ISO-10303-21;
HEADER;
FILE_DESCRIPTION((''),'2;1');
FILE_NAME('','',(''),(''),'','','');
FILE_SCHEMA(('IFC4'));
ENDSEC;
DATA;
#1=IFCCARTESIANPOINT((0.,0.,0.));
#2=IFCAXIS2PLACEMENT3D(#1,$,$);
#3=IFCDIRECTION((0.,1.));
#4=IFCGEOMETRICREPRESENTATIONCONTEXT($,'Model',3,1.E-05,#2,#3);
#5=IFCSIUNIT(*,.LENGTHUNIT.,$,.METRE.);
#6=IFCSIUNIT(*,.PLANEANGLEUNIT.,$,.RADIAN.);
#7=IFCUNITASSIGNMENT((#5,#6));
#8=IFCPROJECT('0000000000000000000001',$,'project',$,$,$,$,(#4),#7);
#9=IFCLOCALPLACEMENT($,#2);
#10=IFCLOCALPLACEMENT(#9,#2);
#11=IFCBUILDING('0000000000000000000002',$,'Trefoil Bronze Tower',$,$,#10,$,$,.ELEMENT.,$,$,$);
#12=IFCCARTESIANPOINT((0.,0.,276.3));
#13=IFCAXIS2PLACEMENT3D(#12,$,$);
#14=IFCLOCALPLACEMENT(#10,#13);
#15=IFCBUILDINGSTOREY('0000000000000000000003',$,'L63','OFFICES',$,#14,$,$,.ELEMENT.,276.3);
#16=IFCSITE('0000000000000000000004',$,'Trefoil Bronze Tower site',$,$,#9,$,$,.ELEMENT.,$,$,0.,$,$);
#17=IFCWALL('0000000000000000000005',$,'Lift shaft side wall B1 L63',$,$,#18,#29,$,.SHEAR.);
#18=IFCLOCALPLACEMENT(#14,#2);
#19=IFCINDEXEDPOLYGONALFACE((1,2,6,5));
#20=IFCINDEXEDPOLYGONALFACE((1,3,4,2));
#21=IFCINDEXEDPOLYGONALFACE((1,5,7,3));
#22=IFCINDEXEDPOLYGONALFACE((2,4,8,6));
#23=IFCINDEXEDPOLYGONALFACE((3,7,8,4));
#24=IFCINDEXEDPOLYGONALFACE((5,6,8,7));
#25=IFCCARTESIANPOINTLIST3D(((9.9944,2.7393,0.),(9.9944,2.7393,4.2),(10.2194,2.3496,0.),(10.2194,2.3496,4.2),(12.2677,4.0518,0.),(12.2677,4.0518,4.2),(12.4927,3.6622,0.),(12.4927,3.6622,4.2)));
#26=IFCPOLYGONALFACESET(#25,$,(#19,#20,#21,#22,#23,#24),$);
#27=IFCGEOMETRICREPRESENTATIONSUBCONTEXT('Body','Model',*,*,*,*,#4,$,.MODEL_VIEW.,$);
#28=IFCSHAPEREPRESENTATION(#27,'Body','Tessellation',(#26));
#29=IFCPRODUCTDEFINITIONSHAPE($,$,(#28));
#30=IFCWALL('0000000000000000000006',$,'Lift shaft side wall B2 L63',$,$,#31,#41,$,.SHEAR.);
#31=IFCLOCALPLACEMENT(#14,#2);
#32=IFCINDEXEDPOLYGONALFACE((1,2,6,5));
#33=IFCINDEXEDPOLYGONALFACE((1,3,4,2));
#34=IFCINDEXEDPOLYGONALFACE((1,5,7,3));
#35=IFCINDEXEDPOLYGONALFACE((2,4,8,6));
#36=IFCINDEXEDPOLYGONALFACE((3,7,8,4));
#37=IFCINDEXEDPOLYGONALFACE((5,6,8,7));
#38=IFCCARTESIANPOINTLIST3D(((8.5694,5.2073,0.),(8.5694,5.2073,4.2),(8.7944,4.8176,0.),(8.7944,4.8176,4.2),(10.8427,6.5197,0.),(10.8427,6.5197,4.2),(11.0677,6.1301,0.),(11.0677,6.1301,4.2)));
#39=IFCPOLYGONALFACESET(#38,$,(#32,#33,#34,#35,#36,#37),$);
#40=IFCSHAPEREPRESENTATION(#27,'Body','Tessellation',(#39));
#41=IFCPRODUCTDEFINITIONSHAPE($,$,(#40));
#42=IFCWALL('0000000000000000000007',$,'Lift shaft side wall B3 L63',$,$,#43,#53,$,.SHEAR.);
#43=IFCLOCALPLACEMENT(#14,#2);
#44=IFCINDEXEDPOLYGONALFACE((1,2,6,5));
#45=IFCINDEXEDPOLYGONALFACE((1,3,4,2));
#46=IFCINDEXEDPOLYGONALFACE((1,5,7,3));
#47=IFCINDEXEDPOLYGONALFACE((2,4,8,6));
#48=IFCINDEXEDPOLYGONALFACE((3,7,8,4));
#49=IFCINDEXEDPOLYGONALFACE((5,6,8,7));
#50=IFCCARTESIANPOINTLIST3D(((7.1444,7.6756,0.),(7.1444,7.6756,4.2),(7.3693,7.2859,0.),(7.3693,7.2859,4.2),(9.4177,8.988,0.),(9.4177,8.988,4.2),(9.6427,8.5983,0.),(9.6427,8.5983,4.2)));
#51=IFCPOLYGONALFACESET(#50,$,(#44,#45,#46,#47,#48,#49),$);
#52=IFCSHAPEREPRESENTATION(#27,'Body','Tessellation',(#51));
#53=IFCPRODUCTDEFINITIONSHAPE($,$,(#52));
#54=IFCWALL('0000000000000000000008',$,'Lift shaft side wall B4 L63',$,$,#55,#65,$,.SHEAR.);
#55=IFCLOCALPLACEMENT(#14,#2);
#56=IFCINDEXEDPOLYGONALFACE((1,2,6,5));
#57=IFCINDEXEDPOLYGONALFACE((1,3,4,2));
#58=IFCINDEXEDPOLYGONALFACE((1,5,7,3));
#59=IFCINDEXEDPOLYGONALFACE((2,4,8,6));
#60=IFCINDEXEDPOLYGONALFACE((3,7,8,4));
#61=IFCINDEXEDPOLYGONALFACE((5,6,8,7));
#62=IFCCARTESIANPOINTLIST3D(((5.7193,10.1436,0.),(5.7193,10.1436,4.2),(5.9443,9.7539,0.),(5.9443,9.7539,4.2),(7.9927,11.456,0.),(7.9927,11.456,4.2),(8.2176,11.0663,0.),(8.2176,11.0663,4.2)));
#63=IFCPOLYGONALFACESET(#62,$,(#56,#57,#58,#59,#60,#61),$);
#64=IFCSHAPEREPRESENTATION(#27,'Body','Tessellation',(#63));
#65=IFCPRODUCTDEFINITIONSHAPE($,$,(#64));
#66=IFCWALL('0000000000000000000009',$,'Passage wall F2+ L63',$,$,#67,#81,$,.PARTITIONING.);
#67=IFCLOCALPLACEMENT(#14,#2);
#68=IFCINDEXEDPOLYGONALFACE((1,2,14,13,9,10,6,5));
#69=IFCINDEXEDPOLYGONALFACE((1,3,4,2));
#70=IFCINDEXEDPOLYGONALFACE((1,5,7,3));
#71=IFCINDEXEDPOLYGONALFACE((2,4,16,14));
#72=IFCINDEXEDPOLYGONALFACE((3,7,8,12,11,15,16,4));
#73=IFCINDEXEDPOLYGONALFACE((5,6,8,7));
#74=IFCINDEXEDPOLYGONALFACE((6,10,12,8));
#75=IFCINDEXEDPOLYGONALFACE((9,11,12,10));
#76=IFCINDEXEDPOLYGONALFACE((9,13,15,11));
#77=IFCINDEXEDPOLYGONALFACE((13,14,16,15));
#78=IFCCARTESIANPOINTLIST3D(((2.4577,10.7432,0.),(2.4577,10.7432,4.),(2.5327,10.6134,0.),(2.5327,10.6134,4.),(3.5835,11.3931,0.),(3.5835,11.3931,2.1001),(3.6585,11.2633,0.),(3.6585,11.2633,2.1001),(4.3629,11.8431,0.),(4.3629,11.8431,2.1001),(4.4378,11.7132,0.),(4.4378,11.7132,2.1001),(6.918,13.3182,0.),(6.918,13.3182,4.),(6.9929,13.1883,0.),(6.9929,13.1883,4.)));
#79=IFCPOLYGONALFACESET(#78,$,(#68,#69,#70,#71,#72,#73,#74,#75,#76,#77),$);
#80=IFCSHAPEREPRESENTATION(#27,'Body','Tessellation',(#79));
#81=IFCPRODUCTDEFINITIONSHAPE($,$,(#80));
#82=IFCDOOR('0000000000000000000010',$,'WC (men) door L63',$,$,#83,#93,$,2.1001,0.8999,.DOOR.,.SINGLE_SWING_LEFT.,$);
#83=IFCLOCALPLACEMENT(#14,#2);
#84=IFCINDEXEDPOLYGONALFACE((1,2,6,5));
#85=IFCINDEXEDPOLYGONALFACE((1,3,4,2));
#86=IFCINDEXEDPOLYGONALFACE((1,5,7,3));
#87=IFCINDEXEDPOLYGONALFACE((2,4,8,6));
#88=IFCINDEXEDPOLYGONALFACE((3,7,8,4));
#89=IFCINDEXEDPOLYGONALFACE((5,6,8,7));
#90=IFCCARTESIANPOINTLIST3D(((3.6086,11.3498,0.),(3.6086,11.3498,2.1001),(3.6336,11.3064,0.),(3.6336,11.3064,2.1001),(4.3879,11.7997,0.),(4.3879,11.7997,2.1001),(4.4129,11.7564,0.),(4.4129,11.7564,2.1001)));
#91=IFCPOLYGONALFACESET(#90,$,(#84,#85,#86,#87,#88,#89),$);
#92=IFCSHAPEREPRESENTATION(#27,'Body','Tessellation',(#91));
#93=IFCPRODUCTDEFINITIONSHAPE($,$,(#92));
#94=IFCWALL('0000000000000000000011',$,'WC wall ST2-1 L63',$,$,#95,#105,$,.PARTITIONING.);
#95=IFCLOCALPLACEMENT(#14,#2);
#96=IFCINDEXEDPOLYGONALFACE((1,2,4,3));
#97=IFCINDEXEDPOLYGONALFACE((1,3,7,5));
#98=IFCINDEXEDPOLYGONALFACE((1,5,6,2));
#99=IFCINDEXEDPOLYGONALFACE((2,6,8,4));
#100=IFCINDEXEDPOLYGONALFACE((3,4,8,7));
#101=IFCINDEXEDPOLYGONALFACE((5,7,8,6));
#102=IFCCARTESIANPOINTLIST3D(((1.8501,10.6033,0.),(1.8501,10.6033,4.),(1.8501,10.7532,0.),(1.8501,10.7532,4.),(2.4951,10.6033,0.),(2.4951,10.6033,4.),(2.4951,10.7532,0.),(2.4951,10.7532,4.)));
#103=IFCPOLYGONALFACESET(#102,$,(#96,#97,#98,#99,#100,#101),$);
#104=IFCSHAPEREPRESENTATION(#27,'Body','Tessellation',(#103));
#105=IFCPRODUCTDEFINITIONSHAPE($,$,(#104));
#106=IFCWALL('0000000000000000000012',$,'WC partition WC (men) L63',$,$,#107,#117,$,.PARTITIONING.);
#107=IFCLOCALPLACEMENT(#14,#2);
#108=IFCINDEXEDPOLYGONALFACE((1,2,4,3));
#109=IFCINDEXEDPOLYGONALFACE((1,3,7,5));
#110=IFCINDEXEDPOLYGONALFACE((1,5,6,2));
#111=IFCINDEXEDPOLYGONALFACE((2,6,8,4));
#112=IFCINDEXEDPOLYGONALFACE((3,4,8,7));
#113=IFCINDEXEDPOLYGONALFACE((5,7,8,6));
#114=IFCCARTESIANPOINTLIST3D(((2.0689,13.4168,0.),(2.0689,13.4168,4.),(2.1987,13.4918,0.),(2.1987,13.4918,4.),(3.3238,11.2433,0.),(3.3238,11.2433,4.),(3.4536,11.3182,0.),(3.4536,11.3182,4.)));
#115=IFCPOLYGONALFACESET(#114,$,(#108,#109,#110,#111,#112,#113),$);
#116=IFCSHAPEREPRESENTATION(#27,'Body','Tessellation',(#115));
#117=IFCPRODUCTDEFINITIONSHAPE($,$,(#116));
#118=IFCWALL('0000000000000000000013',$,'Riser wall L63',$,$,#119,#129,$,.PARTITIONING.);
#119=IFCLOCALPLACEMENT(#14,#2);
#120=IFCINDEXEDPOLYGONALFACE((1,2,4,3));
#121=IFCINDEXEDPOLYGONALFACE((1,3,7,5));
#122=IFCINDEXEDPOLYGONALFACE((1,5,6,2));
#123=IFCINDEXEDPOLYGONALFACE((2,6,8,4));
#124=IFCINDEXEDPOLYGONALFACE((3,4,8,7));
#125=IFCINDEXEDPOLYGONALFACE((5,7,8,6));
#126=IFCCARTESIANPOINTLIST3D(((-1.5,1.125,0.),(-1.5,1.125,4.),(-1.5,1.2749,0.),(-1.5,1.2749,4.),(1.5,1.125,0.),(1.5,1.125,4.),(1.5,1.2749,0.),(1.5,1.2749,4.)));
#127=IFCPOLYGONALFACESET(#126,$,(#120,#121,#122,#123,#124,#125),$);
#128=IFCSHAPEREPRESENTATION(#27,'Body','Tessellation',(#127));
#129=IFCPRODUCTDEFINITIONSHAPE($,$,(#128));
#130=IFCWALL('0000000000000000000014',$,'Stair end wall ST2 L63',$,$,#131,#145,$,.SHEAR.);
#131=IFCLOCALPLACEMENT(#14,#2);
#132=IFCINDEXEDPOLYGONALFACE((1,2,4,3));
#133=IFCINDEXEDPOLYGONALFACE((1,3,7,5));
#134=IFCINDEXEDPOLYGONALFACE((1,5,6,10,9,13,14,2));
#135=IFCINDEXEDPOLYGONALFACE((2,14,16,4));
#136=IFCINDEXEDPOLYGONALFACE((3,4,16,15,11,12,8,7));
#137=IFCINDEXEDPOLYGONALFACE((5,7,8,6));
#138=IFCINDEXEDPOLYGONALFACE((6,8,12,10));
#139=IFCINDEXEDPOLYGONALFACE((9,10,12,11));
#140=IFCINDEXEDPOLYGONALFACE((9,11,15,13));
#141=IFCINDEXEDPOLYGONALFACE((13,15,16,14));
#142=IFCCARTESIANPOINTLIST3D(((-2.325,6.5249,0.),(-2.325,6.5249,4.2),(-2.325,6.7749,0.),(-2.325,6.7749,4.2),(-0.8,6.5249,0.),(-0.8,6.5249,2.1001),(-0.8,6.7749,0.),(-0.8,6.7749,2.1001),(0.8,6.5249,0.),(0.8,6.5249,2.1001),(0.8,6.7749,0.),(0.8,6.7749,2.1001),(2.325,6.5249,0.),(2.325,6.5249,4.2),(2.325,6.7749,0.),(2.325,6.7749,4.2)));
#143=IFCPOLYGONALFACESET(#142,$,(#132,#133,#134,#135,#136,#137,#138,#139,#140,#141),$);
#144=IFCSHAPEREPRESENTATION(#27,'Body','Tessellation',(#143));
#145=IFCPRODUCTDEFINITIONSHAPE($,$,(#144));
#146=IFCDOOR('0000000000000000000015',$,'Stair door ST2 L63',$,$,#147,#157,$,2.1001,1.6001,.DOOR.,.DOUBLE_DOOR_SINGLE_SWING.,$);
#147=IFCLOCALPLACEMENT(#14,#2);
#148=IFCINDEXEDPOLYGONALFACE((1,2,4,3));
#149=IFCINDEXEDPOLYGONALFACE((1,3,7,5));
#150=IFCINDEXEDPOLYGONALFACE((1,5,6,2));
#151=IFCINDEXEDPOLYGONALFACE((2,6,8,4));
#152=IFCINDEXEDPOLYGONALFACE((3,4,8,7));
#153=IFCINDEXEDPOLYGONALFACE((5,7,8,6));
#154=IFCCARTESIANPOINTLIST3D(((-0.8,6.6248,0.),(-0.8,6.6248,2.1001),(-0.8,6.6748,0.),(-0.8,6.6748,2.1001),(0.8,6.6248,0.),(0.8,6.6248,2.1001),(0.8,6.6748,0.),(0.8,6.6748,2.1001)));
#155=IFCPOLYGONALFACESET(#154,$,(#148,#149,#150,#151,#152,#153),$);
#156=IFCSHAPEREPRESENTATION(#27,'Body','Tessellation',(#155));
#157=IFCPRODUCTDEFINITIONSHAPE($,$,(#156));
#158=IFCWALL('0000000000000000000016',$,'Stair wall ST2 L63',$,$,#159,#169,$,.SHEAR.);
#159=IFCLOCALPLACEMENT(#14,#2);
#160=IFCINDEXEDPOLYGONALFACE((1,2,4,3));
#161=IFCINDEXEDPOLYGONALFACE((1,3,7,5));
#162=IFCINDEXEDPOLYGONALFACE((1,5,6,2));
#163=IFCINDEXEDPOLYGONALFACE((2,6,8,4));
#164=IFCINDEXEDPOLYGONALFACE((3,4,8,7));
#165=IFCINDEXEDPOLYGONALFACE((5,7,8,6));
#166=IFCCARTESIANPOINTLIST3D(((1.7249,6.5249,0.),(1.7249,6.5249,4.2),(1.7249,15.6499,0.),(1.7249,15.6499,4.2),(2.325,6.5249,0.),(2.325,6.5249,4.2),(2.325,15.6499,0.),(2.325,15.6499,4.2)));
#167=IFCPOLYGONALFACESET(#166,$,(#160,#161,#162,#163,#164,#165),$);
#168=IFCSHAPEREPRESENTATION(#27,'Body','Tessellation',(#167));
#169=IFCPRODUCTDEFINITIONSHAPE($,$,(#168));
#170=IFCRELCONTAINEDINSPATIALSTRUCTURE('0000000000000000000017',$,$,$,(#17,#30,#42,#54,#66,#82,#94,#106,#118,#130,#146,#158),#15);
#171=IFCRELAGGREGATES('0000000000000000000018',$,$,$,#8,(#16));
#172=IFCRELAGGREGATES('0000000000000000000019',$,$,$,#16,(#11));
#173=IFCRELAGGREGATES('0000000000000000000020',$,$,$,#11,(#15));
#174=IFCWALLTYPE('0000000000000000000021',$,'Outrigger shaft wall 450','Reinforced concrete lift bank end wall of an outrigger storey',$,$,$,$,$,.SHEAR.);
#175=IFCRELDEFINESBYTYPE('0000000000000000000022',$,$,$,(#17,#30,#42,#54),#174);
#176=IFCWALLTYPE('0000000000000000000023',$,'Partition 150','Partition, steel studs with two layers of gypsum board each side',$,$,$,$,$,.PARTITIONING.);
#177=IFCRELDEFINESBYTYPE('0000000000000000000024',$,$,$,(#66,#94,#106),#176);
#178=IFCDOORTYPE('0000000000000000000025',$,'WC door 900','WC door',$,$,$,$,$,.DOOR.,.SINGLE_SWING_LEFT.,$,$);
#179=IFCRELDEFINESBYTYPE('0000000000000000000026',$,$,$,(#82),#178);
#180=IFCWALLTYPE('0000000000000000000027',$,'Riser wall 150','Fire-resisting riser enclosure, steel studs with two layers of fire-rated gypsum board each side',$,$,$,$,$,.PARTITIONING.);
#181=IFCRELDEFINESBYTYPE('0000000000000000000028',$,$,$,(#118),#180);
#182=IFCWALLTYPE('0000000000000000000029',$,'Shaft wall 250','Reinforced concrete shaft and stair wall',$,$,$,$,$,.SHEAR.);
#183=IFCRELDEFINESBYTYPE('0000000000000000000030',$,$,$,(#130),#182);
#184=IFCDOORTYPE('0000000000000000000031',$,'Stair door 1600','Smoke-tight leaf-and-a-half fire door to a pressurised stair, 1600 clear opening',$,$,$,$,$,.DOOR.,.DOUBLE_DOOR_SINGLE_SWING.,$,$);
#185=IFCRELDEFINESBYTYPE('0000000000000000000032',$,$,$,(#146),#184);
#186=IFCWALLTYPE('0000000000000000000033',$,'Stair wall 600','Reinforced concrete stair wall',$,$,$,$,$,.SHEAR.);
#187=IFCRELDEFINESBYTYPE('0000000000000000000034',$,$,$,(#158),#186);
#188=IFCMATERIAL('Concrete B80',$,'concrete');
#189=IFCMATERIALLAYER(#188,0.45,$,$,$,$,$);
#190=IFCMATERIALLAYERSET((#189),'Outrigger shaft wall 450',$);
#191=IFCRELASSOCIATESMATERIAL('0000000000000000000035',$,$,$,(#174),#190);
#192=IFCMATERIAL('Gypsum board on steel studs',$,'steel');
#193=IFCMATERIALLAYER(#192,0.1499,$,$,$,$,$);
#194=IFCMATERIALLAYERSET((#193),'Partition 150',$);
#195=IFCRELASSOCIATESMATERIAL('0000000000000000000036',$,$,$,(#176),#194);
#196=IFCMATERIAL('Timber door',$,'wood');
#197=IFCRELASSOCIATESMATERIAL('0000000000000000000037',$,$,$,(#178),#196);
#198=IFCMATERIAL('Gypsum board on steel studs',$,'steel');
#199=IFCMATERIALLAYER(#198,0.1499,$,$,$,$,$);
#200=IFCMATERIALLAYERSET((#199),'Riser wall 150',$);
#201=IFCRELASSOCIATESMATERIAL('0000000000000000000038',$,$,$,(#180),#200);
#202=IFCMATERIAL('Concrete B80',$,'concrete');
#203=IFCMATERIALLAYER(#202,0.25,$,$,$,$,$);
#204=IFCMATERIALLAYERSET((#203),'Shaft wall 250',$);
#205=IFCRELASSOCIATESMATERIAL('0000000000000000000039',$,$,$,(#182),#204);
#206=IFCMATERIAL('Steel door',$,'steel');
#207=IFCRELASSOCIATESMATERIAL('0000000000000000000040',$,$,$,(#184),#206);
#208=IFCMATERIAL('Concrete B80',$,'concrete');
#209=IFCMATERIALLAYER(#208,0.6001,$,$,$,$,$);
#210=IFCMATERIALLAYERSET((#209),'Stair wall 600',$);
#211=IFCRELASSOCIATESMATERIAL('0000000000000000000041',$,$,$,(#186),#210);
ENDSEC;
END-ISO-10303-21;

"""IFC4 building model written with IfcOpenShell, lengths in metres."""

from ifc_helpers import new_model, si_unit, direction, frame, frame_2d, origin, place, context, subcontext, project, spatial, rectangle, extrude, material, layer, layer_set, type_object, element, fill, save


model = new_model("IFC4")

# Units and contexts
model_context = context("Model", 3, precision=1e-05, world=origin(), true_north=direction((0.0, 1.0)))
body_context = subcontext(model_context, "Body", "Model", "MODEL_VIEW")
ifc_project = project(units=[si_unit("LENGTHUNIT", "METRE"), si_unit("PLANEANGLEUNIT", "RADIAN")], contexts=[model_context])

# Site, building, storey
site_placement = place(None, origin())
site = spatial("IfcSite", under=ifc_project, at=site_placement, Name="Trefoil Bronze Tower site", CompositionType="ELEMENT", RefElevation=0.0)
building_placement = place(site_placement, origin())
building = spatial("IfcBuilding", under=site, at=building_placement, Name="Trefoil Bronze Tower", CompositionType="ELEMENT")
storey_placement = place(building_placement, frame((0.0, 0.0, 276.3)))
storey = spatial("IfcBuildingStorey", under=building, at=storey_placement, Name="L63", Description="OFFICES", CompositionType="ELEMENT", Elevation=276.3)

# Walls
ifc_material_1 = material(Name="Concrete B80", Category="concrete")
ifc_layer_1 = layer(ifc_material_1, 0.45)
ifc_layer_set_1 = layer_set([ifc_layer_1], Name="Outrigger shaft wall 450")
wall_type_1 = type_object("IfcWallType", Name="Outrigger shaft wall 450", Description="Reinforced concrete lift bank end wall of an outrigger storey", PredefinedType="SHEAR", material=ifc_layer_set_1)
for number, where, z_axis, x_axis, name in (
    (1, (10.1069, 2.5444, 0.0), (0.0, 0.0, 1.0), (0.866014, 0.50002, 0.0), "Lift shaft side wall B1 L63"),
    (2, (8.6819, 5.0125, 0.0), (0.0, 0.0, 1.0), (0.866037, 0.49998, 0.0), "Lift shaft side wall B2 L63"),
    (3, (7.2568, 7.4807, 0.0), (0.0, 0.0, 1.0), (0.866037, 0.49998, 0.0), "Lift shaft side wall B3 L63"),
    (4, (5.8318, 9.9487, 0.0), (0.0, 0.0, 1.0), (0.866037, 0.49998, 0.0), "Lift shaft side wall B4 L63"),
):
    element("IfcWall", number, at=place(storey_placement, frame(where, z_axis=z_axis, x_axis=x_axis)), inside=storey, type_object=wall_type_1, Name=name, PredefinedType="SHEAR", context=body_context, shape_type="SweptSolid", body=[
        extrude(rectangle(XDim=2.625, YDim=0.45, at=frame_2d((1.3125, 0.0))), origin(), (0.0, 0.0, 1.0), 4.2),
    ])

# Wall, opening, door
ifc_material_2 = material(Name="Gypsum board on steel studs", Category="steel")
ifc_layer_2 = layer(ifc_material_2, 0.1499)
ifc_layer_set_2 = layer_set([ifc_layer_2], Name="Partition 150")
wall_type_2 = type_object("IfcWallType", Name="Partition 150", Description="Partition, steel studs with two layers of gypsum board each side", PredefinedType="PARTITIONING", material=ifc_layer_set_2)
wall_1_placement = place(storey_placement, frame((2.4951, 10.6782, 0.0), z_axis=(0.0, 0.0, 1.0), x_axis=(0.866038, 0.499978, 0.0)))
wall_1 = element("IfcWall", 5, at=wall_1_placement, inside=storey, type_object=wall_type_2, Name="Passage wall F2+ L63", PredefinedType="PARTITIONING", context=body_context, shape_type="SweptSolid", body=[
    extrude(rectangle(XDim=5.1501, YDim=0.1499, at=frame_2d((2.5752, 0.0))), origin(), (0.0, 0.0, 1.0), 4.0),
])
opening_1_placement = place(wall_1_placement, frame((1.3, 0.0, 0.0)))
opening_1 = element("IfcOpeningElement", 6, at=opening_1_placement, cuts=wall_1, PredefinedType="OPENING", context=body_context, shape_type="SweptSolid", body=[
    extrude(rectangle(XDim=0.8999, YDim=2.1001, at=frame_2d((0.45, 1.05))), frame((0.0, 0.085, 0.0), z_axis=(0.0, -1.0, 0.0), x_axis=(1.0, 0.0, 0.0)), (0.0, 0.0, 1.0), 0.1699),
])
ifc_material_3 = material(Name="Timber door", Category="wood")
door_type_1 = type_object("IfcDoorType", Name="WC door 900", Description="WC door", OperationType="SINGLE_SWING_LEFT", PredefinedType="DOOR", material=ifc_material_3)
door_1_placement = place(opening_1_placement, origin())
door_1 = element("IfcDoor", 7, at=door_1_placement, inside=storey, type_object=door_type_1, Name="WC (men) door L63", OperationType="SINGLE_SWING_LEFT", OverallHeight=2.1001, OverallWidth=0.8999, PredefinedType="DOOR", context=body_context, shape_type="SweptSolid", body=[
    extrude(rectangle(XDim=0.8999, YDim=2.1001, at=frame_2d((0.45, 1.05))), frame((0.0, 0.0249, 0.0), z_axis=(0.0, -1.0, 0.0), x_axis=(1.0, 0.0, 0.0)), (0.0, 0.0, 1.0), 0.05),
])
fill(opening_1, door_1)

# Walls
wall_2_placement = place(storey_placement, frame((2.4951, 10.6782, 0.0), z_axis=(0.0, 0.0, 1.0), x_axis=(-1.0, 0.0, 0.0)))
element("IfcWall", 8, at=wall_2_placement, inside=storey, type_object=wall_type_2, Name="WC wall ST2-1 L63", PredefinedType="PARTITIONING", context=body_context, shape_type="SweptSolid", body=[
    extrude(rectangle(XDim=0.645, YDim=0.1499, at=frame_2d((0.3225, 0.0))), origin(), (0.0, 0.0, 1.0), 4.0),
])
wall_3_placement = place(storey_placement, frame((3.3887, 11.2808, 0.0), z_axis=(0.0, 0.0, 1.0), x_axis=(-0.499989, 0.866032, 0.0)))
element("IfcWall", 9, at=wall_3_placement, inside=storey, type_object=wall_type_2, Name="WC partition WC (men) L63", PredefinedType="PARTITIONING", context=body_context, shape_type="SweptSolid", body=[
    extrude(rectangle(XDim=2.5098, YDim=0.1499, at=frame_2d((1.2549, 0.0))), origin(), (0.0, 0.0, 1.0), 4.0),
])
ifc_material_4 = material(Name="Gypsum board on steel studs", Category="steel")
ifc_layer_3 = layer(ifc_material_4, 0.1499)
ifc_layer_set_3 = layer_set([ifc_layer_3], Name="Riser wall 150")
wall_type_3 = type_object("IfcWallType", Name="Riser wall 150", Description="Fire-resisting riser enclosure, steel studs with two layers of fire-rated gypsum board each side", PredefinedType="PARTITIONING", material=ifc_layer_set_3)
wall_4_placement = place(storey_placement, frame((1.5, 1.2, 0.0), z_axis=(0.0, 0.0, 1.0), x_axis=(-1.0, 0.0, 0.0)))
element("IfcWall", 10, at=wall_4_placement, inside=storey, type_object=wall_type_3, Name="Riser wall L63", PredefinedType="PARTITIONING", context=body_context, shape_type="SweptSolid", body=[
    extrude(rectangle(XDim=3.0, YDim=0.1499, at=frame_2d((1.5, 0.0))), origin(), (0.0, 0.0, 1.0), 4.0),
])

# Wall, opening, door
ifc_material_5 = material(Name="Concrete B80", Category="concrete")
ifc_layer_4 = layer(ifc_material_5, 0.25)
ifc_layer_set_4 = layer_set([ifc_layer_4], Name="Shaft wall 250")
wall_type_4 = type_object("IfcWallType", Name="Shaft wall 250", Description="Reinforced concrete shaft and stair wall", PredefinedType="SHEAR", material=ifc_layer_set_4)
wall_5_placement = place(storey_placement, frame((2.325, 6.6499, 0.0), z_axis=(0.0, 0.0, 1.0), x_axis=(-1.0, 0.0, 0.0)))
wall_5 = element("IfcWall", 11, at=wall_5_placement, inside=storey, type_object=wall_type_4, Name="Stair end wall ST2 L63", PredefinedType="SHEAR", context=body_context, shape_type="SweptSolid", body=[
    extrude(rectangle(XDim=4.6499, YDim=0.25, at=frame_2d((2.325, 0.0))), origin(), (0.0, 0.0, 1.0), 4.2),
])
opening_2_placement = place(wall_5_placement, frame((1.5249, 0.0, 0.0)))
opening_2 = element("IfcOpeningElement", 12, at=opening_2_placement, cuts=wall_5, PredefinedType="OPENING", context=body_context, shape_type="SweptSolid", body=[
    extrude(rectangle(XDim=1.6001, YDim=2.1001, at=frame_2d((0.8, 1.05))), frame((0.0, 0.135, 0.0), z_axis=(0.0, -1.0, 0.0), x_axis=(1.0, 0.0, 0.0)), (0.0, 0.0, 1.0), 0.27),
])
ifc_material_6 = material(Name="Steel door", Category="steel")
door_type_2 = type_object("IfcDoorType", Name="Stair door 1600", Description="Smoke-tight leaf-and-a-half fire door to a pressurised stair, 1600 clear opening", OperationType="DOUBLE_DOOR_SINGLE_SWING", PredefinedType="DOOR", material=ifc_material_6)
door_2_placement = place(opening_2_placement, frame((1.6001, 0.0, 0.0), z_axis=(0.0, 0.0, 1.0), x_axis=(-1.0, 0.0, 0.0)))
door_2 = element("IfcDoor", 13, at=door_2_placement, inside=storey, type_object=door_type_2, Name="Stair door ST2 L63", OperationType="DOUBLE_DOOR_SINGLE_SWING", OverallHeight=2.1001, OverallWidth=1.6001, PredefinedType="DOOR", context=body_context, shape_type="SweptSolid", body=[
    extrude(rectangle(XDim=1.6001, YDim=2.1001, at=frame_2d((0.8, 1.05))), frame((0.0, 0.0249, 0.0), z_axis=(0.0, -1.0, 0.0), x_axis=(1.0, 0.0, 0.0)), (0.0, 0.0, 1.0), 0.05),
])
fill(opening_2, door_2)

# Wall
ifc_material_7 = material(Name="Concrete B80", Category="concrete")
ifc_layer_5 = layer(ifc_material_7, 0.6001)
ifc_layer_set_5 = layer_set([ifc_layer_5], Name="Stair wall 600")
wall_type_5 = type_object("IfcWallType", Name="Stair wall 600", Description="Reinforced concrete stair wall", PredefinedType="SHEAR", material=ifc_layer_set_5)
wall_6_placement = place(storey_placement, frame((2.0249, 6.5249, 0.0), z_axis=(0.0, 0.0, 1.0), x_axis=(0.0, 1.0, 0.0)))
element("IfcWall", 14, at=wall_6_placement, inside=storey, type_object=wall_type_5, Name="Stair wall ST2 L63", PredefinedType="SHEAR", context=body_context, shape_type="SweptSolid", body=[
    extrude(rectangle(XDim=9.125, YDim=0.6001, at=frame_2d((4.5625, 0.0))), origin(), (0.0, 0.0, 1.0), 4.2),
])

save(model, "model.ifc")
